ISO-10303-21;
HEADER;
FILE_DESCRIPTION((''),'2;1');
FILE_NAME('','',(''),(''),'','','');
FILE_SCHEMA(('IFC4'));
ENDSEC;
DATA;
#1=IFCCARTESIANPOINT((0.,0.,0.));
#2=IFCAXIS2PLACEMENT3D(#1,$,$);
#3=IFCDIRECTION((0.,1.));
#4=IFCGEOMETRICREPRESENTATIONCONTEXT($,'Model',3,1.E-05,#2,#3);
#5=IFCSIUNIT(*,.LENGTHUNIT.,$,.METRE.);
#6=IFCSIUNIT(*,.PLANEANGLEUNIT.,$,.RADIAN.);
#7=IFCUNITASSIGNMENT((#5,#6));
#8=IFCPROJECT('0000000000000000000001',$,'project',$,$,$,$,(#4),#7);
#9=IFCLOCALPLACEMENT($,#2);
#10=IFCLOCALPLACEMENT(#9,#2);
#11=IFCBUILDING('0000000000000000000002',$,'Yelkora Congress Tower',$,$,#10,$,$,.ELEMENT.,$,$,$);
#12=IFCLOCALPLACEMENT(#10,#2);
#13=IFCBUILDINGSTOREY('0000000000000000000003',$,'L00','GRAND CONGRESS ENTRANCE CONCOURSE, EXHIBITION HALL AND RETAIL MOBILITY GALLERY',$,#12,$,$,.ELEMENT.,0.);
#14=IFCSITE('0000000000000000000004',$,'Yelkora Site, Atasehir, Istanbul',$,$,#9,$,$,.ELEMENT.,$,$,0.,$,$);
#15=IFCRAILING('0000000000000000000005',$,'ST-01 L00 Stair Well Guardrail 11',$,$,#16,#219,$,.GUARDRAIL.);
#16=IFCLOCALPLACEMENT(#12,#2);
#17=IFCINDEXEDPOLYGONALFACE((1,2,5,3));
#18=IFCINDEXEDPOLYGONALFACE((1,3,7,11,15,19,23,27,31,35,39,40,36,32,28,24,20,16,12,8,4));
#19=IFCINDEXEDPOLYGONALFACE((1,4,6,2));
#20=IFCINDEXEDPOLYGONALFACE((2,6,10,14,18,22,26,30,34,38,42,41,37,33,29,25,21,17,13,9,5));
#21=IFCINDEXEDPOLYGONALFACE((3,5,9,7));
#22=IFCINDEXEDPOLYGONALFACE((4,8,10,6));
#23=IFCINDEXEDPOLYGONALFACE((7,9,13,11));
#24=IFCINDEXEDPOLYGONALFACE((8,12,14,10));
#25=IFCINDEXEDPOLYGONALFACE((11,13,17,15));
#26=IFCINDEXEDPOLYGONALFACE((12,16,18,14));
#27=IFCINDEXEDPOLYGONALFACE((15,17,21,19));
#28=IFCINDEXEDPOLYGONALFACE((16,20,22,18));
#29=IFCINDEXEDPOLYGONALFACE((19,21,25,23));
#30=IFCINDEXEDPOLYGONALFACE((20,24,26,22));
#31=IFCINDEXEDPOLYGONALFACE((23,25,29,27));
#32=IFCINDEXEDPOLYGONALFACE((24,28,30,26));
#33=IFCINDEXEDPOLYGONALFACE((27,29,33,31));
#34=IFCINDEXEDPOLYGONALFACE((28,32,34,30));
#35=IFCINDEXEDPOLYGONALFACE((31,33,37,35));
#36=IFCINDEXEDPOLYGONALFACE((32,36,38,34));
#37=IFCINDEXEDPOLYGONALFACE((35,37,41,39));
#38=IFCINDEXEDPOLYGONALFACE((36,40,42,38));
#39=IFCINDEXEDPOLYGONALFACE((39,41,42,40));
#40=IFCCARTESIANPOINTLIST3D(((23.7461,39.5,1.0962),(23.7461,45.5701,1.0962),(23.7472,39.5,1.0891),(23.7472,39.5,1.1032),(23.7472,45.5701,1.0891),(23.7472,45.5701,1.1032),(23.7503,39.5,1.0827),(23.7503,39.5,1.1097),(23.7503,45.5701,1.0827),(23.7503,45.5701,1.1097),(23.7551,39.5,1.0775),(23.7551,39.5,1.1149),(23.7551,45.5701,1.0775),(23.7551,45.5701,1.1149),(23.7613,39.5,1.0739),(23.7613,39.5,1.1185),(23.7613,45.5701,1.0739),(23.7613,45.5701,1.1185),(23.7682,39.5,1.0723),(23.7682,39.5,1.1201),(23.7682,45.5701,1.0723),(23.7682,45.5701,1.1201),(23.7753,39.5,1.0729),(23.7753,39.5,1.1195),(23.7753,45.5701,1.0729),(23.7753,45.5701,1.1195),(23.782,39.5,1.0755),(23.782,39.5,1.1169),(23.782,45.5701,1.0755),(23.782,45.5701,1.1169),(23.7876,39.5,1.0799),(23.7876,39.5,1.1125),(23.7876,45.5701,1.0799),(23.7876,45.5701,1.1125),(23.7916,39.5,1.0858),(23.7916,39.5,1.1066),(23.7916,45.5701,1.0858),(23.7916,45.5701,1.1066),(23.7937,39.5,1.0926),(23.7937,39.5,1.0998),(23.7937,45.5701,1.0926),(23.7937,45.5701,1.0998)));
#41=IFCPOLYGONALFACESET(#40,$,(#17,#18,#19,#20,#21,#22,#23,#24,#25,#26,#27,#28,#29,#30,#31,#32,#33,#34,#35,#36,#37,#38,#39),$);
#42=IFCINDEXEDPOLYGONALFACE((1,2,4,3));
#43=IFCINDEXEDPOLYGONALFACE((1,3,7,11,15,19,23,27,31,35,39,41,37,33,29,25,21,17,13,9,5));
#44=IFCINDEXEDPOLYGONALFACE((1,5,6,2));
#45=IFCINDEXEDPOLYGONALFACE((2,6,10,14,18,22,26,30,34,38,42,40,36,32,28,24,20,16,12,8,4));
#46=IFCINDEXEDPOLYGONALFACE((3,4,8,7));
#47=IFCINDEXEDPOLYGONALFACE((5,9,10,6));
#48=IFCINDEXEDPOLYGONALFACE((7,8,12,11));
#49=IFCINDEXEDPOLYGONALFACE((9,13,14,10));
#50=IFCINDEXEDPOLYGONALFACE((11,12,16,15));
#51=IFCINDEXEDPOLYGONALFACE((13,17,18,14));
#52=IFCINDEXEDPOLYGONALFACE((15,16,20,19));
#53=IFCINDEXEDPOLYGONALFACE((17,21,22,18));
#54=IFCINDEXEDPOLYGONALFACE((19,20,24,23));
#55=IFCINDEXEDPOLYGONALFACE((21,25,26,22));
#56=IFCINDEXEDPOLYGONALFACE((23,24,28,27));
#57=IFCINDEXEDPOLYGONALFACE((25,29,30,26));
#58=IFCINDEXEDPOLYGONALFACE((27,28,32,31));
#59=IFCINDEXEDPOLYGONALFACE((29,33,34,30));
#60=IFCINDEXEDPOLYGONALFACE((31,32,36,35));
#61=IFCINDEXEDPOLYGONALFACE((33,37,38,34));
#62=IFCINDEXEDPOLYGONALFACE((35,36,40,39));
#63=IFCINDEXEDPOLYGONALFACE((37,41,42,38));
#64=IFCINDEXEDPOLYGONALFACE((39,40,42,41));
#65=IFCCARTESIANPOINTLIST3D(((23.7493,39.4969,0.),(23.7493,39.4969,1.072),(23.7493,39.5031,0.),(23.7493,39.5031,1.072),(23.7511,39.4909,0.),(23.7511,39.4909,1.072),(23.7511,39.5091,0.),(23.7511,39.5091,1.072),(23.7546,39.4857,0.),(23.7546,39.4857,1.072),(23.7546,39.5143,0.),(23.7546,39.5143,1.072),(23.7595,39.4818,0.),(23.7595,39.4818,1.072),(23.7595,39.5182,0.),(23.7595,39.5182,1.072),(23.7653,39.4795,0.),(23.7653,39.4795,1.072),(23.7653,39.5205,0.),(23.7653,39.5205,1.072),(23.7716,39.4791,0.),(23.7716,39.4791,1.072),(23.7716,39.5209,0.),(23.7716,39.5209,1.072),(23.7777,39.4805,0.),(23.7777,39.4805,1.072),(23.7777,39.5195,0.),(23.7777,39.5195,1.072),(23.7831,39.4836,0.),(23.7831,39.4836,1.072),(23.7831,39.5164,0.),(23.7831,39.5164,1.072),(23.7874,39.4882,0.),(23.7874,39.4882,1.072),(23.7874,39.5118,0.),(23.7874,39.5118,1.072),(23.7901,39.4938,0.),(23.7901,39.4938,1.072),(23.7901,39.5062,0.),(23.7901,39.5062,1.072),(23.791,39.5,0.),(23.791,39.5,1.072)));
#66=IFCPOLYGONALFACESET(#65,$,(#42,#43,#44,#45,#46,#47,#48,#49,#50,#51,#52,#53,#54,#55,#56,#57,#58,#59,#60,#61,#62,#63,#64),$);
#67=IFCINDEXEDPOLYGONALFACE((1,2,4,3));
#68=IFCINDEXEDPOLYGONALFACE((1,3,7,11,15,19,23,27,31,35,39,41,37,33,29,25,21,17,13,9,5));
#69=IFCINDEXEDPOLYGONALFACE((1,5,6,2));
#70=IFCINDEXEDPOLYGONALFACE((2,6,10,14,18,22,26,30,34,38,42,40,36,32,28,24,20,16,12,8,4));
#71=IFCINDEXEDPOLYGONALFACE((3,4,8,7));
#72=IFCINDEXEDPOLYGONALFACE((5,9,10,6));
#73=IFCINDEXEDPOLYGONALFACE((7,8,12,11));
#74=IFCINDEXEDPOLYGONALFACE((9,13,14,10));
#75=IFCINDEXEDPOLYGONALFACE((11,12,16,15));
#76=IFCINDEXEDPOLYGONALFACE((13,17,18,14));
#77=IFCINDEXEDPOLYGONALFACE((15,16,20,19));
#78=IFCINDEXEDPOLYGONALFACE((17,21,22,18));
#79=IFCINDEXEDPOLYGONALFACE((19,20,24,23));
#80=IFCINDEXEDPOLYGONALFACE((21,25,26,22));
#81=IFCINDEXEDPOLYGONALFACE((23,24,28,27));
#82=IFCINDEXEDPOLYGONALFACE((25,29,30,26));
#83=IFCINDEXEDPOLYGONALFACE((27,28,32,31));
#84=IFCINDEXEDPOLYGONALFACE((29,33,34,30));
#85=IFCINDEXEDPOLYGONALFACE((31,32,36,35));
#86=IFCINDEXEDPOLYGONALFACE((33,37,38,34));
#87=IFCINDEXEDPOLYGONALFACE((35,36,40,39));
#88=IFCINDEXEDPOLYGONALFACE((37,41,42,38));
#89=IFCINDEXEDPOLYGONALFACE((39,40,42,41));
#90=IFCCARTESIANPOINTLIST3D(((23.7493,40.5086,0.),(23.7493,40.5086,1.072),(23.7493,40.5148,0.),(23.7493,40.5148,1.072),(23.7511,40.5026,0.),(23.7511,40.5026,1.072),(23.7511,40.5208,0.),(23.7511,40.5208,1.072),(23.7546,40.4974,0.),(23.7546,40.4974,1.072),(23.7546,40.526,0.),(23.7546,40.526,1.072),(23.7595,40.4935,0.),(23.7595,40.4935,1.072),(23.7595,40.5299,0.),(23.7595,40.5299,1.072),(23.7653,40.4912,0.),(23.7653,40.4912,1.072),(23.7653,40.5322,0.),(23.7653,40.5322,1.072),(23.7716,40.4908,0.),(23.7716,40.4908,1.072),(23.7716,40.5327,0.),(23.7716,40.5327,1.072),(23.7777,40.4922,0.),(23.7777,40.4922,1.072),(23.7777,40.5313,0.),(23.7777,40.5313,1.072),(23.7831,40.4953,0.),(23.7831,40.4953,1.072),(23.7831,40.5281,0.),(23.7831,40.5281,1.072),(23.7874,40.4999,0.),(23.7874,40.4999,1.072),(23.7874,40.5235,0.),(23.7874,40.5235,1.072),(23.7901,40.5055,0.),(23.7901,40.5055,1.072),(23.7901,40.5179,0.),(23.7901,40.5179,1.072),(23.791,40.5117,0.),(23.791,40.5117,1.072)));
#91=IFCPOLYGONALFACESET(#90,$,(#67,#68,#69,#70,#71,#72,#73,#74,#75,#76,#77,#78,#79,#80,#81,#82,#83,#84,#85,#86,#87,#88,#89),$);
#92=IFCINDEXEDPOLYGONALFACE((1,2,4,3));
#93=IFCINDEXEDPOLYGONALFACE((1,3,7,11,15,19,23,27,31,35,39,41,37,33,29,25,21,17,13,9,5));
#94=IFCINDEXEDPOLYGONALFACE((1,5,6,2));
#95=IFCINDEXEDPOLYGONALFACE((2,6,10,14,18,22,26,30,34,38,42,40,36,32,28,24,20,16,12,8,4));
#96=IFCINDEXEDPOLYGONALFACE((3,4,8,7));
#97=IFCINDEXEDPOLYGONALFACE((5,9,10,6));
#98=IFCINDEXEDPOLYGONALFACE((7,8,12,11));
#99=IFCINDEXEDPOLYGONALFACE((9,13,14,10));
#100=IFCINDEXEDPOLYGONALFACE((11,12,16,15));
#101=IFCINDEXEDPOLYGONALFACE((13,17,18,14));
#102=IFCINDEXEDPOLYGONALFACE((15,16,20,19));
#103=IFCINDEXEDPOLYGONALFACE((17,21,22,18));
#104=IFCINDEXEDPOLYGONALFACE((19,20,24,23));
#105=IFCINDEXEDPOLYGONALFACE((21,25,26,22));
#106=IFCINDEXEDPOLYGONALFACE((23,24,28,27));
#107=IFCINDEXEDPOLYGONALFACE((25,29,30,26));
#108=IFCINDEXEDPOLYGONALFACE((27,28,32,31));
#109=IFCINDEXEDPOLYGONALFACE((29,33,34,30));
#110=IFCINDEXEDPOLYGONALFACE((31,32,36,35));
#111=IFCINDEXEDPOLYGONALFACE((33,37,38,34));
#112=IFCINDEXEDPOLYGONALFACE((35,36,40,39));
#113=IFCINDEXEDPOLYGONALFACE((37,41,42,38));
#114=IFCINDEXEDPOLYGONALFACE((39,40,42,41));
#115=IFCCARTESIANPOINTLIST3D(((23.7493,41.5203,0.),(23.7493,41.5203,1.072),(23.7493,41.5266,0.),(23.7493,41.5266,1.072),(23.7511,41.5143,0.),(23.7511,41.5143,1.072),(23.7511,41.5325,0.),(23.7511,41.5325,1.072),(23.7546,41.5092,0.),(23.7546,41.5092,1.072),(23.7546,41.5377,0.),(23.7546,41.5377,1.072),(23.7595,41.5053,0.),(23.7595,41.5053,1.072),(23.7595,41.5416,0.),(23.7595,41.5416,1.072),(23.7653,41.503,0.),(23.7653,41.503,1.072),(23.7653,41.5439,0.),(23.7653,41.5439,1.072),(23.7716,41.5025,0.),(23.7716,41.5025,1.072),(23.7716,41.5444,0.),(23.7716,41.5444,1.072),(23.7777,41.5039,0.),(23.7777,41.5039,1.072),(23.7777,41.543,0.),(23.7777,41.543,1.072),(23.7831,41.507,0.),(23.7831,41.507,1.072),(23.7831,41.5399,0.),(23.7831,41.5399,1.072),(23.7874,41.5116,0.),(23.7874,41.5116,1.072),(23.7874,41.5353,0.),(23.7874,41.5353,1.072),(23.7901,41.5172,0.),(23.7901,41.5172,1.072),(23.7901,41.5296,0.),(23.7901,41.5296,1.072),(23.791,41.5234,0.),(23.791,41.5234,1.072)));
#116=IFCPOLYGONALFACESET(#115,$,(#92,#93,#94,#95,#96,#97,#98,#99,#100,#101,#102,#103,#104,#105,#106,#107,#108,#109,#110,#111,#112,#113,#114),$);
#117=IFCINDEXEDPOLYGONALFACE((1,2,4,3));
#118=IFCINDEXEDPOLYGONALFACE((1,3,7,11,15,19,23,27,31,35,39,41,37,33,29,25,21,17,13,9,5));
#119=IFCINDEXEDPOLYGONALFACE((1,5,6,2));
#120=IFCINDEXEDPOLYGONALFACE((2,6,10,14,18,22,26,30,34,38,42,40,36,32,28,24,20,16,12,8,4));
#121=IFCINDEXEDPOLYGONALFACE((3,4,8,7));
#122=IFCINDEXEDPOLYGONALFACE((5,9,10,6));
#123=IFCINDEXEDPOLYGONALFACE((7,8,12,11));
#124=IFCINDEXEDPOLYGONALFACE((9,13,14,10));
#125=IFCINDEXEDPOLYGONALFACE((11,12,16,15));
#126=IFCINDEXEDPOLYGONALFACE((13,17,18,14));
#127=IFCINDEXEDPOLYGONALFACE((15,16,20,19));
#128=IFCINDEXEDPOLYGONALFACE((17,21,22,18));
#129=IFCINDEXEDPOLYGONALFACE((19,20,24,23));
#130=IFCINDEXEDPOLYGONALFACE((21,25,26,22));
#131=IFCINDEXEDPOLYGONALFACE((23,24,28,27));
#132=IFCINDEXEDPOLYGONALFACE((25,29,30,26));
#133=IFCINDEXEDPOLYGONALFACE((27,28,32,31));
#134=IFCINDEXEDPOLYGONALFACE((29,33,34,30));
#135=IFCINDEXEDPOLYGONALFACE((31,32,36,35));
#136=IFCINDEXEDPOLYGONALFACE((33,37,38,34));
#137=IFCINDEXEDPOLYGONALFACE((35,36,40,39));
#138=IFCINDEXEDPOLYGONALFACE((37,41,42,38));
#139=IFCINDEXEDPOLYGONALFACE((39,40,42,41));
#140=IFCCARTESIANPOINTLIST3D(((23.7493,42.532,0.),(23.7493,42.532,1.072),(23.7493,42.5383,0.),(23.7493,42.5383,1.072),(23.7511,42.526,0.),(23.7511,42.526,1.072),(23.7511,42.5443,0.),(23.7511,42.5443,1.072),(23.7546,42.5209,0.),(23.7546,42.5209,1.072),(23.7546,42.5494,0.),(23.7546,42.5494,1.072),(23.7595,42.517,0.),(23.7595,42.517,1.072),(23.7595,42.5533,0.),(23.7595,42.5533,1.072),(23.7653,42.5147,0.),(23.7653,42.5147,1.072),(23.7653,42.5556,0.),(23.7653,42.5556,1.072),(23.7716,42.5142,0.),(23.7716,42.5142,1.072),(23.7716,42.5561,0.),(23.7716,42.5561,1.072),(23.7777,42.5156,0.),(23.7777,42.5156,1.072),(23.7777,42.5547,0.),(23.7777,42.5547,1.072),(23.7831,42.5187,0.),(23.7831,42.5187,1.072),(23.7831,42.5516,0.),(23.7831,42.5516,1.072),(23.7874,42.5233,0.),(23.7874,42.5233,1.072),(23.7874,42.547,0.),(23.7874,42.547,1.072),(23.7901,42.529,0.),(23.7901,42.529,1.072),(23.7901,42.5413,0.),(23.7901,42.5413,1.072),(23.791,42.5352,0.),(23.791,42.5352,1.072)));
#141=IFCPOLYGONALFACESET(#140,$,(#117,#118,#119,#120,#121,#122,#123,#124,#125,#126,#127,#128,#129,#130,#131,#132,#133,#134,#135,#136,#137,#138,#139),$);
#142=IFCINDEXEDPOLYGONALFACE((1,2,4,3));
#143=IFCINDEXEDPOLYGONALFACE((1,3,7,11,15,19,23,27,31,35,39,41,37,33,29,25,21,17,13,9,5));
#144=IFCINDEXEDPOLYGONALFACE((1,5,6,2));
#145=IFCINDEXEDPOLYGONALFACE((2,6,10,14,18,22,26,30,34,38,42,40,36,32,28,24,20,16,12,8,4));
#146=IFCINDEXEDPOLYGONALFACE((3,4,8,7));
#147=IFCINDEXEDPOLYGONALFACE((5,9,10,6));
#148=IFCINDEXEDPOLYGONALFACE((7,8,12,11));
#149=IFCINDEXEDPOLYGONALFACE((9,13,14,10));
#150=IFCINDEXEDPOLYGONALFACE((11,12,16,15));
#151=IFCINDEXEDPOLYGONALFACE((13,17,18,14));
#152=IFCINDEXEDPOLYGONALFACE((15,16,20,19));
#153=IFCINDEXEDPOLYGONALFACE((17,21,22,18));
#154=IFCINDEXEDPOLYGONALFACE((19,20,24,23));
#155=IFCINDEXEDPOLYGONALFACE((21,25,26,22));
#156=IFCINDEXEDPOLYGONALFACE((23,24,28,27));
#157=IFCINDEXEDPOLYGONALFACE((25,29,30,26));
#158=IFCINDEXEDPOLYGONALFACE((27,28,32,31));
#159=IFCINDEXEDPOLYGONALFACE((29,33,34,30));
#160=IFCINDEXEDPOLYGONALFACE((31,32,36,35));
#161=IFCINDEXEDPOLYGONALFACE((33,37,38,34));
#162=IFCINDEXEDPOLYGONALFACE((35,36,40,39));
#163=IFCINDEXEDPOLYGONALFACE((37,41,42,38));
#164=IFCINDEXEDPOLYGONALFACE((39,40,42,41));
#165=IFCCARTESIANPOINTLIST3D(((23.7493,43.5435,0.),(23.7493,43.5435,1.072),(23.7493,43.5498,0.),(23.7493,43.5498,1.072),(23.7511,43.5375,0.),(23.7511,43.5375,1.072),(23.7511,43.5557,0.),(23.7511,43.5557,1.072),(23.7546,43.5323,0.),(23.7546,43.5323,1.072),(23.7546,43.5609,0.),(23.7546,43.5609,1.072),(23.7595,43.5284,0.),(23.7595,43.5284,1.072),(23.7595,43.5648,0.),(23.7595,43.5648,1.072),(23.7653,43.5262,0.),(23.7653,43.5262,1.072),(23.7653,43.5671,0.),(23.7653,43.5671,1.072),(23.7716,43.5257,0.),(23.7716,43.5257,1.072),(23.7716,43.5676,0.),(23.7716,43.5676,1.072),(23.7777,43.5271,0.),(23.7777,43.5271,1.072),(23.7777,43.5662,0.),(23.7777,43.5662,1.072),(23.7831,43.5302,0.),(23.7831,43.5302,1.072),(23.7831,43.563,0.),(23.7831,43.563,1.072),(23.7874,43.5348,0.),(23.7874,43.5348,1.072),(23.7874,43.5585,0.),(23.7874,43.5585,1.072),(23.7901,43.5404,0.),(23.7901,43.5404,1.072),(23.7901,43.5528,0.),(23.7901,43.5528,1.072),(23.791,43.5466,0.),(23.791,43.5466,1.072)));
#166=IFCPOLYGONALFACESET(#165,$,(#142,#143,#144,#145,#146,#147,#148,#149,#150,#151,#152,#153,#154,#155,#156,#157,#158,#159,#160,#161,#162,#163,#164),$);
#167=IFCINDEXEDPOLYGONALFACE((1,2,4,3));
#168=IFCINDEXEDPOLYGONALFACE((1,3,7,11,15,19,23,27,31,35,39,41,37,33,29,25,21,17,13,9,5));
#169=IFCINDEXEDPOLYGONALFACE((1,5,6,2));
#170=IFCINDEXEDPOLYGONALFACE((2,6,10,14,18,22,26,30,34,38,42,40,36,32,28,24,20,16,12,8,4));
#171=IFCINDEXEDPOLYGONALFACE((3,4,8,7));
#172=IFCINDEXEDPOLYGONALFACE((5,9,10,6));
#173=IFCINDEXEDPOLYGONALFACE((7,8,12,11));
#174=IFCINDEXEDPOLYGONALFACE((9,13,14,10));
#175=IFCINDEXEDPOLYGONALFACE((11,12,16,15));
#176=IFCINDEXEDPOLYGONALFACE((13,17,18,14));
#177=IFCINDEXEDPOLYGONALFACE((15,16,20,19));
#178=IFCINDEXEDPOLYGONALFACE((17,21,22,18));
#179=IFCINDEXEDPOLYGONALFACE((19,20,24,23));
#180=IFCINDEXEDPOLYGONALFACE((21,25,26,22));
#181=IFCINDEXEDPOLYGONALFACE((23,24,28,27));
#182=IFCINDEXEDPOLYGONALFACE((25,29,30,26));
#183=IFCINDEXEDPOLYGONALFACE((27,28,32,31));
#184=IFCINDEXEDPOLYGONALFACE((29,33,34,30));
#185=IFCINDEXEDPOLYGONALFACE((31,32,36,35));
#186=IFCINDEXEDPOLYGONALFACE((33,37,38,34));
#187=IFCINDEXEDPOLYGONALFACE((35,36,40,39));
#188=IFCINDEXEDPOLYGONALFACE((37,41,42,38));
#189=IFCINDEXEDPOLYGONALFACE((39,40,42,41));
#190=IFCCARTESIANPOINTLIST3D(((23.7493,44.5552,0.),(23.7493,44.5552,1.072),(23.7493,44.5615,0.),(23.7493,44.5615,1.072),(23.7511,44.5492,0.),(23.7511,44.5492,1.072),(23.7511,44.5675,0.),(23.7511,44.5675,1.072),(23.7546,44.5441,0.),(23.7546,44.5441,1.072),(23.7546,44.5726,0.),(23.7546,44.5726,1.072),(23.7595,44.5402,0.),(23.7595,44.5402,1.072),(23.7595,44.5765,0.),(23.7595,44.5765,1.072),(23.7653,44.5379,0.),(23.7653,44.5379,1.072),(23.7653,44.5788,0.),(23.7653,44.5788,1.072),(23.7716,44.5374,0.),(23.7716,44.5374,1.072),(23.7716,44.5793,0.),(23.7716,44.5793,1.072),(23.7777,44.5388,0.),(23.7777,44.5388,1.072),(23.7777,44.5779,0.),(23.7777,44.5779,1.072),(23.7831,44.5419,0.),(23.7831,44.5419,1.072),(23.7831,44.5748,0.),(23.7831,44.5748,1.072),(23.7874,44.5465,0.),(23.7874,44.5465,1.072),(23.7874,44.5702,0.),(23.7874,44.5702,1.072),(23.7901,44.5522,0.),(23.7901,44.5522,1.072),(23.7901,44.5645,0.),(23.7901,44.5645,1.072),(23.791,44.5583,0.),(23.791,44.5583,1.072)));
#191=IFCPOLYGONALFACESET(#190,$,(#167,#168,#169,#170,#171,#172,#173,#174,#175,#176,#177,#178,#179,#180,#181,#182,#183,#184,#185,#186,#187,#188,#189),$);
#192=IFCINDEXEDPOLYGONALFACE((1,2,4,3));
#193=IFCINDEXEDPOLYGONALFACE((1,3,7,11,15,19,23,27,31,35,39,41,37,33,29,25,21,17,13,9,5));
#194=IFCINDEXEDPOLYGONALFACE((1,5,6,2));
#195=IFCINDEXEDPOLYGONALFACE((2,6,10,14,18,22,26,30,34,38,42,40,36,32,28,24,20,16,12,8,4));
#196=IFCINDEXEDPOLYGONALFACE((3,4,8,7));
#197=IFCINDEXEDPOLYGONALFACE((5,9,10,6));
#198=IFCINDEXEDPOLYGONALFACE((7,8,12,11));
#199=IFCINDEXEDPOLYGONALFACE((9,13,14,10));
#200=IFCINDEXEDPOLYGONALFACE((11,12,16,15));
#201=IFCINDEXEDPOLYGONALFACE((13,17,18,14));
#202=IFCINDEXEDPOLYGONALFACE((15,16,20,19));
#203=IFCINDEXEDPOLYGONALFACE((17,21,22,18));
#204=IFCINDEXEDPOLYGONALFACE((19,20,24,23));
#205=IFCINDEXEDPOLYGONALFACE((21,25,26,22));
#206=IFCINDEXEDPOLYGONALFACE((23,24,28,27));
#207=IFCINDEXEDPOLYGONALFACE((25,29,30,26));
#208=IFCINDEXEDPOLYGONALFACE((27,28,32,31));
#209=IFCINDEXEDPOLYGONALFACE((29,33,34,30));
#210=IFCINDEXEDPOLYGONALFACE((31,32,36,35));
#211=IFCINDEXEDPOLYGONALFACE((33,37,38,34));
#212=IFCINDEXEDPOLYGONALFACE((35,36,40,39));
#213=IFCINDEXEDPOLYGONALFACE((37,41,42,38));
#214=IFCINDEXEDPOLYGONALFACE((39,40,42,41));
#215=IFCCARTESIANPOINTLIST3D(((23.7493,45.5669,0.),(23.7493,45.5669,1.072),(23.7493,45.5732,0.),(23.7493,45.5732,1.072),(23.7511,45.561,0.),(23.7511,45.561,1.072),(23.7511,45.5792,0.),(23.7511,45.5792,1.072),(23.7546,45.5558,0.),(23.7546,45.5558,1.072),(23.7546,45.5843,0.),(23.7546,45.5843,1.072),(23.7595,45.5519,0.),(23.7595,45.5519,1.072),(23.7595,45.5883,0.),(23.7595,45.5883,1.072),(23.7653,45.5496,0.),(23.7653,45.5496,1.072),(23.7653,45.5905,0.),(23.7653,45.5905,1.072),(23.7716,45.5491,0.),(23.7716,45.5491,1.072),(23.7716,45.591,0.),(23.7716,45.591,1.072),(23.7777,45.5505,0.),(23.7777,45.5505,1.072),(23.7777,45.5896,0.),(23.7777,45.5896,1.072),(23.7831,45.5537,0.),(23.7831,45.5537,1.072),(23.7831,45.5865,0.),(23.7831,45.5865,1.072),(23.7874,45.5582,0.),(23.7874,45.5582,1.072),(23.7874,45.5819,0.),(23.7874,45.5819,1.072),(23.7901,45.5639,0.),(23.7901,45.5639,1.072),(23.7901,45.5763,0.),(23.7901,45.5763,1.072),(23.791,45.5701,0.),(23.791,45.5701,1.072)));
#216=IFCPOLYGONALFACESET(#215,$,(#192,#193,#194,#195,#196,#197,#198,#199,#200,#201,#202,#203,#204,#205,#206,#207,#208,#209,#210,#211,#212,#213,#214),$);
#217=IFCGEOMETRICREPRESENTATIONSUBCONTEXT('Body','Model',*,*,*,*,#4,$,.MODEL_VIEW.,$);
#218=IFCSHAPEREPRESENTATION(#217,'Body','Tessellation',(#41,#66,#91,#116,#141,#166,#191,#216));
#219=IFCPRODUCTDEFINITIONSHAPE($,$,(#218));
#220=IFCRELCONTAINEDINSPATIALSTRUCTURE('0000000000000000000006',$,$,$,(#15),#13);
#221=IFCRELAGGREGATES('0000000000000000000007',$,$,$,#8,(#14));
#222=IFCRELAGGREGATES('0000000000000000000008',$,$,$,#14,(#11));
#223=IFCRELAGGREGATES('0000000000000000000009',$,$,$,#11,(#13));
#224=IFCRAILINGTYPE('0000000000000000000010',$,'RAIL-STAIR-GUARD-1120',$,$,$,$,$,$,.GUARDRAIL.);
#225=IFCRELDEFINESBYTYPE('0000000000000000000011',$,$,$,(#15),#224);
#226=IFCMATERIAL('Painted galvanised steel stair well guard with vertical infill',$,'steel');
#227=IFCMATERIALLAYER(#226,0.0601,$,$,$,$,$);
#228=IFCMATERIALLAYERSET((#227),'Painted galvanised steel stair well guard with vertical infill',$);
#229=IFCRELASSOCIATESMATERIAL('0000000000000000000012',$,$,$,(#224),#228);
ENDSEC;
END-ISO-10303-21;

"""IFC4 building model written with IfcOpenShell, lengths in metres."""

from ifc_helpers import new_model, si_unit, direction, frame, origin, origin_2d, place, context, subcontext, project, spatial, circle, extrude, material, layer, layer_set, type_object, element, save


model = new_model("IFC4")

# Units and contexts
model_context = context("Model", 3, precision=1e-05, world=origin(), true_north=direction((0.0, 1.0)))
body_context = subcontext(model_context, "Body", "Model", "MODEL_VIEW")
ifc_project = project(units=[si_unit("LENGTHUNIT", "METRE"), si_unit("PLANEANGLEUNIT", "RADIAN")], contexts=[model_context])

# Site, building, storey
site_placement = place(None, origin())
site = spatial("IfcSite", under=ifc_project, at=site_placement, Name="Yelkora Site, Atasehir, Istanbul", CompositionType="ELEMENT", RefElevation=0.0)
building_placement = place(site_placement, origin())
building = spatial("IfcBuilding", under=site, at=building_placement, Name="Yelkora Congress Tower", CompositionType="ELEMENT")
storey_placement = place(building_placement, origin())
storey = spatial("IfcBuildingStorey", under=building, at=storey_placement, Name="L00", Description="GRAND CONGRESS ENTRANCE CONCOURSE, EXHIBITION HALL AND RETAIL MOBILITY GALLERY", CompositionType="ELEMENT", Elevation=0.0)

# Railing
ifc_material_1 = material(Name="Painted galvanised steel stair well guard with vertical infill", Category="steel")
ifc_layer_1 = layer(ifc_material_1, 0.0601)
ifc_layer_set_1 = layer_set([ifc_layer_1], Name="Painted galvanised steel stair well guard with vertical infill")
railing_type_1 = type_object("IfcRailingType", Name="RAIL-STAIR-GUARD-1120", PredefinedType="GUARDRAIL", material=ifc_layer_set_1)
railing_1_placement = place(storey_placement, frame((23.77, 39.5, 0.0)))
element("IfcRailing", 1, at=railing_1_placement, inside=storey, type_object=railing_type_1, Name="ST-01 L00 Stair Well Guardrail 11", PredefinedType="GUARDRAIL", context=body_context, shape_type="SweptSolid", body=[
    extrude(circle(Radius=0.0239, at=origin_2d()), frame((0.0, 0.0, 1.0962), z_axis=(0.0, 1.0, 0.0), x_axis=(-1.0, 0.0, 0.0)), (0.0, 0.0, 1.0), 6.0701),
    extrude(circle(Radius=0.021, at=origin_2d()), origin(), (0.0, 0.0, 1.0), 1.072),
    extrude(circle(Radius=0.021, at=origin_2d()), frame((0.0, 1.0117, 0.0)), (0.0, 0.0, 1.0), 1.072),
    extrude(circle(Radius=0.021, at=origin_2d()), frame((0.0, 2.0234, 0.0)), (0.0, 0.0, 1.0), 1.072),
    extrude(circle(Radius=0.021, at=origin_2d()), frame((0.0, 3.0352, 0.0)), (0.0, 0.0, 1.0), 1.072),
    extrude(circle(Radius=0.021, at=origin_2d()), frame((0.0, 4.0466, 0.0)), (0.0, 0.0, 1.0), 1.072),
    extrude(circle(Radius=0.021, at=origin_2d()), frame((0.0, 5.0583, 0.0)), (0.0, 0.0, 1.0), 1.072),
    extrude(circle(Radius=0.021, at=origin_2d()), frame((0.0, 6.0701, 0.0)), (0.0, 0.0, 1.0), 1.072),
])

save(model, "model.ifc")
